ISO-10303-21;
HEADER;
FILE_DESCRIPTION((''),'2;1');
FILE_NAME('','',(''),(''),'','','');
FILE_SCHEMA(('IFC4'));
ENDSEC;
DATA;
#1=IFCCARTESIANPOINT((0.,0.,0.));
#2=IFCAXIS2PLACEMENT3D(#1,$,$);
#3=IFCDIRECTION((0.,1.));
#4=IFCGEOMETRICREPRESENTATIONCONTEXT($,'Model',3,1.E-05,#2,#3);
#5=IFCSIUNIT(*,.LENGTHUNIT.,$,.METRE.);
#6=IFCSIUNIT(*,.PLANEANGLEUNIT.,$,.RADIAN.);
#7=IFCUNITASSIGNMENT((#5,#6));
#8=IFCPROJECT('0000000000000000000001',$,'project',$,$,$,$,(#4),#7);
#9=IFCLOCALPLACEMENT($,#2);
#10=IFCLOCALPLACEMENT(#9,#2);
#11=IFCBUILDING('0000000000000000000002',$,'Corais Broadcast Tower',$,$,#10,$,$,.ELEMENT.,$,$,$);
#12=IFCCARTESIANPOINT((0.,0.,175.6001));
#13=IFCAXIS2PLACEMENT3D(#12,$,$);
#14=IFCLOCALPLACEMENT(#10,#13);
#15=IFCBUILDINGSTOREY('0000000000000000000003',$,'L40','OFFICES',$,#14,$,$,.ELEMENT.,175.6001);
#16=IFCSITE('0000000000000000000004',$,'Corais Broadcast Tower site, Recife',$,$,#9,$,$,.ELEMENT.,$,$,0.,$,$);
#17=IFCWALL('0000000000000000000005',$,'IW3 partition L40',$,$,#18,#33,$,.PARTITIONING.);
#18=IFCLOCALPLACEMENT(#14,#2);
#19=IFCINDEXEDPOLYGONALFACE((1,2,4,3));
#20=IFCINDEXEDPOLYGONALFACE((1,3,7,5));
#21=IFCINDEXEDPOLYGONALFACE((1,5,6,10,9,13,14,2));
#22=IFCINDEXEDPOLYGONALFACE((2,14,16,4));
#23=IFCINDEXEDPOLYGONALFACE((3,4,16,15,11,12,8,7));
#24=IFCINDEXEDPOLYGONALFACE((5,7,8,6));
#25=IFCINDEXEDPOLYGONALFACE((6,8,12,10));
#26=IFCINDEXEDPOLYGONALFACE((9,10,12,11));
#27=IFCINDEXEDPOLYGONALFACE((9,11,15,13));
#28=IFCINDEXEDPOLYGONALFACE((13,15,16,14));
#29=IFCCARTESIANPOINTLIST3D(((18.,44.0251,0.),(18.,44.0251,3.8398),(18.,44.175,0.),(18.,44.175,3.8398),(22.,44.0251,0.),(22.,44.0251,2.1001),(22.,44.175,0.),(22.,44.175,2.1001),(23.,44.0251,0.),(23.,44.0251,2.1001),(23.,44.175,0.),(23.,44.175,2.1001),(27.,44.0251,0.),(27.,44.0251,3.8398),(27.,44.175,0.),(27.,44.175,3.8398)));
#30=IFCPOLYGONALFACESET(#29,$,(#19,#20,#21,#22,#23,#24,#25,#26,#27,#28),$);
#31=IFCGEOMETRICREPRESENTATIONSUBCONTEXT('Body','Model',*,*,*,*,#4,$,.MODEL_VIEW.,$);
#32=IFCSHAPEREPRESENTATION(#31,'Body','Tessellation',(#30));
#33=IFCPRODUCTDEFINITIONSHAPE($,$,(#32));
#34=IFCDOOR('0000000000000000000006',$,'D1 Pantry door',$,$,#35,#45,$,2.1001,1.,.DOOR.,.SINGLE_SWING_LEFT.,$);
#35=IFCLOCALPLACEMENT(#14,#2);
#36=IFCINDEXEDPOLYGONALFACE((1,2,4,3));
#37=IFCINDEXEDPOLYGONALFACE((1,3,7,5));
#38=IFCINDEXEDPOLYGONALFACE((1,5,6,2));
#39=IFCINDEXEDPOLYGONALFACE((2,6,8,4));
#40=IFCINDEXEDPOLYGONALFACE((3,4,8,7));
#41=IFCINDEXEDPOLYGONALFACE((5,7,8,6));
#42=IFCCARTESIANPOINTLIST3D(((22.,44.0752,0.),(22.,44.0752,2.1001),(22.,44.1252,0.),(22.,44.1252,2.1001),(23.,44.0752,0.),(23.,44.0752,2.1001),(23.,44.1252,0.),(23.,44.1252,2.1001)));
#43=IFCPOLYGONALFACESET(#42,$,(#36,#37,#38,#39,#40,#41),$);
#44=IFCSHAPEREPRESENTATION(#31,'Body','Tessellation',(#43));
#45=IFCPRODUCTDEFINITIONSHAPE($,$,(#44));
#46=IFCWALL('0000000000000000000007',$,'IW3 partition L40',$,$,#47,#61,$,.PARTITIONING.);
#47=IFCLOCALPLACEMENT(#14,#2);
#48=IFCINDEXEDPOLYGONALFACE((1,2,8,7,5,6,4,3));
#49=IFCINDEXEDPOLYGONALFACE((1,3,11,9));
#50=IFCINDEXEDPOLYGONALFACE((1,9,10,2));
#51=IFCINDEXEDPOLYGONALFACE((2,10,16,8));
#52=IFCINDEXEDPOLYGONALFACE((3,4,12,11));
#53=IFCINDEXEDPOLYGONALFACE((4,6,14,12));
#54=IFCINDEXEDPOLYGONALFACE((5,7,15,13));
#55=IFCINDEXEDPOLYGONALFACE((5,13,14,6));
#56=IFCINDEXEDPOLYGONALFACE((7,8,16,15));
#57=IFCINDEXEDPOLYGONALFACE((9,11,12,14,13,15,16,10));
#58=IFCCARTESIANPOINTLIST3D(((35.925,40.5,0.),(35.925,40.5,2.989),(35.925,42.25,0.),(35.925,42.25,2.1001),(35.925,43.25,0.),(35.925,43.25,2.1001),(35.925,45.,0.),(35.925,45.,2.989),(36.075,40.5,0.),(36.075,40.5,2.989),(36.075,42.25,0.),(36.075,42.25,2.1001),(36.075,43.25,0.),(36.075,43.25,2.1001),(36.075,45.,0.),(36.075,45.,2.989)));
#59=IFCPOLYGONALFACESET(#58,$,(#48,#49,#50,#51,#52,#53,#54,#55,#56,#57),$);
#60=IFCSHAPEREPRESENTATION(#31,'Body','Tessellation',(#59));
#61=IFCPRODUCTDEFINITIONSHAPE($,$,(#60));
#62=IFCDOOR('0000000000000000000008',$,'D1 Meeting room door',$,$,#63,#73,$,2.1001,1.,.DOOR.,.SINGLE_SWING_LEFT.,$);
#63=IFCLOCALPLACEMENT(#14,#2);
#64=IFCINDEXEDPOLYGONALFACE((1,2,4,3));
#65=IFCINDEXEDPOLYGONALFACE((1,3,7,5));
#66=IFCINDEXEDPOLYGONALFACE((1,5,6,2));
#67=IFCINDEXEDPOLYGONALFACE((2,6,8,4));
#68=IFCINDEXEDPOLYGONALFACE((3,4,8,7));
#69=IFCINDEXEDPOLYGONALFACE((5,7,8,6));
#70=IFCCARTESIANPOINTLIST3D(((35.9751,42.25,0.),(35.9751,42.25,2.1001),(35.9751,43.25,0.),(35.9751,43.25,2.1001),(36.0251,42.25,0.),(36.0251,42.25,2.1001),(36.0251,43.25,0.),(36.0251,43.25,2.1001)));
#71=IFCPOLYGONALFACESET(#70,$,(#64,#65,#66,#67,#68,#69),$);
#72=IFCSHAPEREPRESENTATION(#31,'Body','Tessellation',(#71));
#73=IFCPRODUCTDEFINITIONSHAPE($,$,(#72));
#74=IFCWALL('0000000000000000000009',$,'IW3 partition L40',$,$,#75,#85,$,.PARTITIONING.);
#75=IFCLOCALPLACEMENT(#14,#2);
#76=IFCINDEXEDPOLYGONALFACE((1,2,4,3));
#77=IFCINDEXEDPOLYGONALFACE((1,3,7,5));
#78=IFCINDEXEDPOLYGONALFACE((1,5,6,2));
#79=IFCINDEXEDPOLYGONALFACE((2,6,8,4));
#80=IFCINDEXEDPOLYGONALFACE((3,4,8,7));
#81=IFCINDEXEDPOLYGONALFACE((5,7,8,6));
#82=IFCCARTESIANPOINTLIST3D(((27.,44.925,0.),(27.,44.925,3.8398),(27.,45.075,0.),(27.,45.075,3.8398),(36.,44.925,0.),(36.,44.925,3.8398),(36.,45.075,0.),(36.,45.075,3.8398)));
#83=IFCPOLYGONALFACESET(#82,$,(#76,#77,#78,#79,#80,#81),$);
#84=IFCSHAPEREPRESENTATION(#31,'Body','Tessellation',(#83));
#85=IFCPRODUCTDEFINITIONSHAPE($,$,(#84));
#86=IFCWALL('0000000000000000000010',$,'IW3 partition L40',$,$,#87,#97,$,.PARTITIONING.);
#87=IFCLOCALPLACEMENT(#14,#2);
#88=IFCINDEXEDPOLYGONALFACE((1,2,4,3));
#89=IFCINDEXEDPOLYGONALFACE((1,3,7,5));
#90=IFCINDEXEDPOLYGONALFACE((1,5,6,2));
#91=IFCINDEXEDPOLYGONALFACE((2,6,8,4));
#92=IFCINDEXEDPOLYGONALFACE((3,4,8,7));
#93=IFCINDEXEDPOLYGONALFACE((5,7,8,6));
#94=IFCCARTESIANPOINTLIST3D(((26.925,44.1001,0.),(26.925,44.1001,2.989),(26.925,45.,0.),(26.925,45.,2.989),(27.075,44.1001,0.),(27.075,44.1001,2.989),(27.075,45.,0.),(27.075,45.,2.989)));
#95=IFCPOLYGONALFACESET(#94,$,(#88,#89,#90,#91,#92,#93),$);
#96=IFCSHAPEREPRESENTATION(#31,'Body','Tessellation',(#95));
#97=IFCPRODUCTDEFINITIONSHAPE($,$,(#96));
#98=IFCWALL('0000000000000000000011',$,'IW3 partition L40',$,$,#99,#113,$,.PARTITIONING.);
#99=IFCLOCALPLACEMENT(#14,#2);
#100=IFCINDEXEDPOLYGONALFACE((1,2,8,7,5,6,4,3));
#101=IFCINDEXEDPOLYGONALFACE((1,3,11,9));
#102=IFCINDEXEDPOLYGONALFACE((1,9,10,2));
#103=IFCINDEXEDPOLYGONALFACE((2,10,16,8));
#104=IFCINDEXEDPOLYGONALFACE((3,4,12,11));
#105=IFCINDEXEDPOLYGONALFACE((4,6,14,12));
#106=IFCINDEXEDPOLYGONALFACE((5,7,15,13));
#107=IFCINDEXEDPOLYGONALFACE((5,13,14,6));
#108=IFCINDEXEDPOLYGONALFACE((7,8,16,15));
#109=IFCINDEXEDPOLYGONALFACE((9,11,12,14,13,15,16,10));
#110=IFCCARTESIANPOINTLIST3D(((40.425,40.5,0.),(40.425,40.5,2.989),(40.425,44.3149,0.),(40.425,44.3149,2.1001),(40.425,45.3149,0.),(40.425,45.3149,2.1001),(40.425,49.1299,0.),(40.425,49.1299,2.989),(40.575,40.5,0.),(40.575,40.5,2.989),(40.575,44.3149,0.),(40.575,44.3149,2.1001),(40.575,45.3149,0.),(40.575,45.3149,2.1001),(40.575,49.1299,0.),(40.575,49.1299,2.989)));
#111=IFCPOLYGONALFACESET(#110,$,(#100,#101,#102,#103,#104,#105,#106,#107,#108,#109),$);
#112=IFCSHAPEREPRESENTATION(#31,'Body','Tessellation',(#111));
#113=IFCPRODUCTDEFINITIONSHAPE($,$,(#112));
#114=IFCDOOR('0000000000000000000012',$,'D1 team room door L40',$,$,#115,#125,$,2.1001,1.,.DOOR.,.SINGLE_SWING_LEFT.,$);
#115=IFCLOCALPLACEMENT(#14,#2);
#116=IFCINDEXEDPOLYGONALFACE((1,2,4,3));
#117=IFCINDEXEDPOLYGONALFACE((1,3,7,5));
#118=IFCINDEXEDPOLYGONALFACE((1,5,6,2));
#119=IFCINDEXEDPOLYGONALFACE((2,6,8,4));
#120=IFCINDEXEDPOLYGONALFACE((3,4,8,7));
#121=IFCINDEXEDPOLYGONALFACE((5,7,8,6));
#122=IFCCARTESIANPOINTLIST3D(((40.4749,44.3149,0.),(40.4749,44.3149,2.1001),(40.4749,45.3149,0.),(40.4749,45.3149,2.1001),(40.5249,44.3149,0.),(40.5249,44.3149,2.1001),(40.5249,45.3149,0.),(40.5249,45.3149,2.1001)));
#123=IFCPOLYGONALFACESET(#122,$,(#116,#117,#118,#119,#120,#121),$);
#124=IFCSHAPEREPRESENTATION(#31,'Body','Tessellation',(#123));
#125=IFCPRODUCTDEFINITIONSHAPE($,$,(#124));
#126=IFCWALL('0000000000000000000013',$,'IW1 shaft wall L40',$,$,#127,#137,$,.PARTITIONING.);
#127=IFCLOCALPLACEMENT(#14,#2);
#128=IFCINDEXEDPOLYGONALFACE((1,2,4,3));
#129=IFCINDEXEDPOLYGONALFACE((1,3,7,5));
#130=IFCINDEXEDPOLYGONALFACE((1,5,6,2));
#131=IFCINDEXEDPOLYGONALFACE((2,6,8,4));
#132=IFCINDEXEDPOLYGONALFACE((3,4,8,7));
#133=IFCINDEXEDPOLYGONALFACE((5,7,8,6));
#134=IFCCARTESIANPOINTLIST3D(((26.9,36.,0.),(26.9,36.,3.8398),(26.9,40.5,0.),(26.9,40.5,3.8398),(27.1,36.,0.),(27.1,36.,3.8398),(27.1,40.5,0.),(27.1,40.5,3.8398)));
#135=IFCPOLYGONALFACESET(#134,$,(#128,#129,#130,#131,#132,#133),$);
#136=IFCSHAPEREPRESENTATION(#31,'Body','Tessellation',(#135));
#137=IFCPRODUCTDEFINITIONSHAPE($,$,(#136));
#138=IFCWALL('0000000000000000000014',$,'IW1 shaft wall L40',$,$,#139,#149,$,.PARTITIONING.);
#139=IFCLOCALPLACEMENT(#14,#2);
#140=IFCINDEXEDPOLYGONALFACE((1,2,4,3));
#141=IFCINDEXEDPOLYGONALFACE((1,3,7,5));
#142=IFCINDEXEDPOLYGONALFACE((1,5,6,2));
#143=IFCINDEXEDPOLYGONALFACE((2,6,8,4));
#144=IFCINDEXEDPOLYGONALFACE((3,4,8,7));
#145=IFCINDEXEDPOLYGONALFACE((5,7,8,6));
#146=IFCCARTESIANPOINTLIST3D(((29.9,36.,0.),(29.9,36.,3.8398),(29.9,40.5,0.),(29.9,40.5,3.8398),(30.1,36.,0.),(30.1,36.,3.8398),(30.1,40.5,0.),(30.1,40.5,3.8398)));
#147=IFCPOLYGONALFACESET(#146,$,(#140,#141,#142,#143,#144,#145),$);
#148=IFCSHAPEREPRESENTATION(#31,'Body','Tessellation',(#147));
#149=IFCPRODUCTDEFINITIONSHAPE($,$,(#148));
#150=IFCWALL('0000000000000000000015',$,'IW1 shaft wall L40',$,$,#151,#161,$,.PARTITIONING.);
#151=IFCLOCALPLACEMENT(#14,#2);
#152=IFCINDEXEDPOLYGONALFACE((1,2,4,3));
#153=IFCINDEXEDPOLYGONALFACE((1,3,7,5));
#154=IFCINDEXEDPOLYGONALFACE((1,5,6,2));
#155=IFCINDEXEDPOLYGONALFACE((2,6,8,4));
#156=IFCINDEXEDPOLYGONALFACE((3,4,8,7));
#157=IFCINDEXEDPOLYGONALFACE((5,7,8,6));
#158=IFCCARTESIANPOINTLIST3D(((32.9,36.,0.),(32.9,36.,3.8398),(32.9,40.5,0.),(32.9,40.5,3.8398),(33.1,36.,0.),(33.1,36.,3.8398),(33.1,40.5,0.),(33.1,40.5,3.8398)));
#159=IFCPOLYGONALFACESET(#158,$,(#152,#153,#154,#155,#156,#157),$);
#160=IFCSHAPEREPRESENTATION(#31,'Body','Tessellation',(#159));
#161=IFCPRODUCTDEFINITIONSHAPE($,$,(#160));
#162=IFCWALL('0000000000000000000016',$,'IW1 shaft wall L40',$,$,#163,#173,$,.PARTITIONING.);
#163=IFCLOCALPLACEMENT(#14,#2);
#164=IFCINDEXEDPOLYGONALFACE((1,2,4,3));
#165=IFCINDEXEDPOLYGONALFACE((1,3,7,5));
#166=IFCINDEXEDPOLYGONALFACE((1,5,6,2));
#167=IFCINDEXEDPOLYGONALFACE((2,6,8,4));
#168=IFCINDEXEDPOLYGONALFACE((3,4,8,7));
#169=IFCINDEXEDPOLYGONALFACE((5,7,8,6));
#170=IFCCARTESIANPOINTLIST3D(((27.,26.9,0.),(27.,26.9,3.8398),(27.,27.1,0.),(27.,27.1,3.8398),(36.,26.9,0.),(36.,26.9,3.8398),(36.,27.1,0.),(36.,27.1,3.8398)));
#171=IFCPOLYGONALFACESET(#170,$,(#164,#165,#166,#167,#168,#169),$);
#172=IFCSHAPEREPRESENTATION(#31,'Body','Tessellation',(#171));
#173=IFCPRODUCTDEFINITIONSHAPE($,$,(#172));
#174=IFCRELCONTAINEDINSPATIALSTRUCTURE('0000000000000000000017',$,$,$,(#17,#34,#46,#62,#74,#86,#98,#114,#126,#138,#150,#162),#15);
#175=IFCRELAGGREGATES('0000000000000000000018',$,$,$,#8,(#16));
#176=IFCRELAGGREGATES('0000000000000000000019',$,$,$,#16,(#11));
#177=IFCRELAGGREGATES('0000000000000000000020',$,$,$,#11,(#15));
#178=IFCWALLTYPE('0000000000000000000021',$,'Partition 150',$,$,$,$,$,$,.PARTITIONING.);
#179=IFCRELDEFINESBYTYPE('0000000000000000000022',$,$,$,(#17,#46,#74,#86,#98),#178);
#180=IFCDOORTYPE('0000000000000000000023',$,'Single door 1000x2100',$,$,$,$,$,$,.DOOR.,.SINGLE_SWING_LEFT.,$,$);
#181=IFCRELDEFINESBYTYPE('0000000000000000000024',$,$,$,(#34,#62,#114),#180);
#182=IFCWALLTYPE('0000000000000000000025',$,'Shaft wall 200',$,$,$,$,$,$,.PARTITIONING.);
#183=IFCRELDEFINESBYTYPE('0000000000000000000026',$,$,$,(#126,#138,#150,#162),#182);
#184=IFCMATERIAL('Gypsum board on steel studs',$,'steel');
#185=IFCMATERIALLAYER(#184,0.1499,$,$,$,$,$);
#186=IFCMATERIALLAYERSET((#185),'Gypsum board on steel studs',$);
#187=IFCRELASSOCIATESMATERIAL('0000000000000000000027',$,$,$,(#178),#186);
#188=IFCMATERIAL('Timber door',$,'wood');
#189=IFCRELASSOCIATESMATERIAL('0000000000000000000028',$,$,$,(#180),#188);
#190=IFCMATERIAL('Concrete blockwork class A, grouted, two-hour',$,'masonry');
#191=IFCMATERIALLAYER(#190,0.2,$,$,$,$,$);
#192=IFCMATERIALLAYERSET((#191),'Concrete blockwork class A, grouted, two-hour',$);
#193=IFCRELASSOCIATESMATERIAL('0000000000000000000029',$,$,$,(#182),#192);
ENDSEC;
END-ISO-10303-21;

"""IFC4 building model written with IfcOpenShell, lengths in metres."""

from ifc_helpers import new_model, si_unit, direction, frame, frame_2d, origin, place, context, subcontext, project, spatial, rectangle, extrude, material, layer, layer_set, type_object, element, fill, save


model = new_model("IFC4")

# Units and contexts
model_context = context("Model", 3, precision=1e-05, world=origin(), true_north=direction((0.0, 1.0)))
body_context = subcontext(model_context, "Body", "Model", "MODEL_VIEW")
ifc_project = project(units=[si_unit("LENGTHUNIT", "METRE"), si_unit("PLANEANGLEUNIT", "RADIAN")], contexts=[model_context])

# Site, building, storey
site_placement = place(None, origin())
site = spatial("IfcSite", under=ifc_project, at=site_placement, Name="Corais Broadcast Tower site, Recife", CompositionType="ELEMENT", RefElevation=0.0)
building_placement = place(site_placement, origin())
building = spatial("IfcBuilding", under=site, at=building_placement, Name="Corais Broadcast Tower", CompositionType="ELEMENT")
storey_placement = place(building_placement, frame((0.0, 0.0, 175.6001)))
storey = spatial("IfcBuildingStorey", under=building, at=storey_placement, Name="L40", Description="OFFICES", CompositionType="ELEMENT", Elevation=175.6001)

# Shared definitions
ifc_material_1 = material(Name="Gypsum board on steel studs", Category="steel")
ifc_layer_1 = layer(ifc_material_1, 0.1499)
ifc_layer_set_1 = layer_set([ifc_layer_1], Name="Gypsum board on steel studs")
wall_type_1 = type_object("IfcWallType", Name="Partition 150", PredefinedType="PARTITIONING", material=ifc_layer_set_1)

# Walls, openings, doors
wall_1_placement = place(storey_placement, frame((27.0, 44.1001, 0.0), z_axis=(0.0, 0.0, 1.0), x_axis=(-1.0, 0.0, 0.0)))
wall_1 = element("IfcWall", 1, at=wall_1_placement, inside=storey, type_object=wall_type_1, Name="IW3 partition L40", PredefinedType="PARTITIONING", context=body_context, shape_type="SweptSolid", body=[
    extrude(rectangle(XDim=9.0, YDim=0.1499, at=frame_2d((4.5, 0.0))), origin(), (0.0, 0.0, 1.0), 3.8398),
])
opening_1_placement = place(wall_1_placement, frame((4.0, 0.0, 0.0)))
opening_1 = element("IfcOpeningElement", 2, at=opening_1_placement, cuts=wall_1, PredefinedType="OPENING", context=body_context, shape_type="SweptSolid", body=[
    extrude(rectangle(XDim=1.0, YDim=2.1001, at=frame_2d((0.5, 1.05))), frame((0.0, 0.085, 0.0), z_axis=(0.0, -1.0, 0.0), x_axis=(1.0, 0.0, 0.0)), (0.0, 0.0, 1.0), 0.1699),
])
ifc_material_2 = material(Name="Timber door", Category="wood")
door_type = type_object("IfcDoorType", Name="Single door 1000x2100", OperationType="SINGLE_SWING_LEFT", PredefinedType="DOOR", material=ifc_material_2)
door_1_placement = place(opening_1_placement, origin())
door_1 = element("IfcDoor", 3, at=door_1_placement, inside=storey, type_object=door_type, Name="D1 Pantry door", OperationType="SINGLE_SWING_LEFT", OverallHeight=2.1001, OverallWidth=1.0, PredefinedType="DOOR", context=body_context, shape_type="SweptSolid", body=[
    extrude(rectangle(XDim=1.0, YDim=2.1001, at=frame_2d((0.5, 1.05))), frame((0.0, 0.0249, 0.0), z_axis=(0.0, -1.0, 0.0), x_axis=(1.0, 0.0, 0.0)), (0.0, 0.0, 1.0), 0.05),
])
fill(opening_1, door_1)
wall_2_placement = place(storey_placement, frame((36.0, 40.5, 0.0), z_axis=(0.0, 0.0, 1.0), x_axis=(0.0, 1.0, 0.0)))
wall_2 = element("IfcWall", 4, at=wall_2_placement, inside=storey, type_object=wall_type_1, Name="IW3 partition L40", PredefinedType="PARTITIONING", context=body_context, shape_type="SweptSolid", body=[
    extrude(rectangle(XDim=4.5, YDim=0.1499, at=frame_2d((2.25, 0.0))), origin(), (0.0, 0.0, 1.0), 2.989),
])
opening_2_placement = place(wall_2_placement, frame((1.75, 0.0, 0.0)))
opening_2 = element("IfcOpeningElement", 5, at=opening_2_placement, cuts=wall_2, PredefinedType="OPENING", context=body_context, shape_type="SweptSolid", body=[
    extrude(rectangle(XDim=1.0, YDim=2.1001, at=frame_2d((0.5, 1.05))), frame((0.0, 0.085, 0.0), z_axis=(0.0, -1.0, 0.0), x_axis=(1.0, 0.0, 0.0)), (0.0, 0.0, 1.0), 0.1699),
])
door_2_placement = place(opening_2_placement, origin())
door_2 = element("IfcDoor", 6, at=door_2_placement, inside=storey, type_object=door_type, Name="D1 Meeting room door", OperationType="SINGLE_SWING_LEFT", OverallHeight=2.1001, OverallWidth=1.0, PredefinedType="DOOR", context=body_context, shape_type="SweptSolid", body=[
    extrude(rectangle(XDim=1.0, YDim=2.1001, at=frame_2d((0.5, 1.05))), frame((0.0, 0.0249, 0.0), z_axis=(0.0, -1.0, 0.0), x_axis=(1.0, 0.0, 0.0)), (0.0, 0.0, 1.0), 0.05),
])
fill(opening_2, door_2)

# Walls
wall_3_placement = place(storey_placement, frame((36.0, 45.0, 0.0), z_axis=(0.0, 0.0, 1.0), x_axis=(-1.0, 0.0, 0.0)))
element("IfcWall", 7, at=wall_3_placement, inside=storey, type_object=wall_type_1, Name="IW3 partition L40", PredefinedType="PARTITIONING", context=body_context, shape_type="SweptSolid", body=[
    extrude(rectangle(XDim=9.0, YDim=0.1499, at=frame_2d((4.5, 0.0))), origin(), (0.0, 0.0, 1.0), 3.8398),
])
wall_4_placement = place(storey_placement, frame((27.0, 45.0, 0.0), z_axis=(0.0, 0.0, 1.0), x_axis=(0.0, -1.0, 0.0)))
element("IfcWall", 8, at=wall_4_placement, inside=storey, type_object=wall_type_1, Name="IW3 partition L40", PredefinedType="PARTITIONING", context=body_context, shape_type="SweptSolid", body=[
    extrude(rectangle(XDim=0.8999, YDim=0.1499, at=frame_2d((0.45, 0.0))), origin(), (0.0, 0.0, 1.0), 2.989),
])

# Wall, opening, door
wall_5_placement = place(storey_placement, frame((40.5, 49.1299, 0.0), z_axis=(0.0, 0.0, 1.0), x_axis=(0.0, -1.0, 0.0)))
wall_5 = element("IfcWall", 9, at=wall_5_placement, inside=storey, type_object=wall_type_1, Name="IW3 partition L40", PredefinedType="PARTITIONING", context=body_context, shape_type="SweptSolid", body=[
    extrude(rectangle(XDim=8.6299, YDim=0.1499, at=frame_2d((4.3149, 0.0))), origin(), (0.0, 0.0, 1.0), 2.989),
])
opening_3_placement = place(wall_5_placement, frame((3.8149, 0.0, 0.0)))
opening_3 = element("IfcOpeningElement", 10, at=opening_3_placement, cuts=wall_5, PredefinedType="OPENING", context=body_context, shape_type="SweptSolid", body=[
    extrude(rectangle(XDim=1.0, YDim=2.1001, at=frame_2d((0.5, 1.05))), frame((0.0, 0.085, 0.0), z_axis=(0.0, -1.0, 0.0), x_axis=(1.0, 0.0, 0.0)), (0.0, 0.0, 1.0), 0.1699),
])
door_3_placement = place(opening_3_placement, origin())
door_3 = element("IfcDoor", 11, at=door_3_placement, inside=storey, type_object=door_type, Name="D1 team room door L40", OperationType="SINGLE_SWING_LEFT", OverallHeight=2.1001, OverallWidth=1.0, PredefinedType="DOOR", context=body_context, shape_type="SweptSolid", body=[
    extrude(rectangle(XDim=1.0, YDim=2.1001, at=frame_2d((0.5, 1.05))), frame((0.0, 0.0249, 0.0), z_axis=(0.0, -1.0, 0.0), x_axis=(1.0, 0.0, 0.0)), (0.0, 0.0, 1.0), 0.05),
])
fill(opening_3, door_3)

# Walls
ifc_material_3 = material(Name="Concrete blockwork class A, grouted, two-hour", Category="masonry")
ifc_layer_2 = layer(ifc_material_3, 0.2)
ifc_layer_set_2 = layer_set([ifc_layer_2], Name="Concrete blockwork class A, grouted, two-hour")
wall_type_2 = type_object("IfcWallType", Name="Shaft wall 200", PredefinedType="PARTITIONING", material=ifc_layer_set_2)
for number, where, z_axis, x_axis, name in (
    (12, (27.0, 36.0, 0.0), (0.0, 0.0, 1.0), (0.0, 1.0, 0.0), "IW1 shaft wall L40"),
    (13, (30.0, 36.0, 0.0), (0.0, 0.0, 1.0), (0.0, 1.0, 0.0), "IW1 shaft wall L40"),
    (14, (33.0, 36.0, 0.0), (0.0, 0.0, 1.0), (0.0, 1.0, 0.0), "IW1 shaft wall L40"),
):
    element("IfcWall", number, at=place(storey_placement, frame(where, z_axis=z_axis, x_axis=x_axis)), inside=storey, type_object=wall_type_2, Name=name, PredefinedType="PARTITIONING", context=body_context, shape_type="SweptSolid", body=[
        extrude(rectangle(XDim=4.5, YDim=0.2, at=frame_2d((2.25, 0.0))), origin(), (0.0, 0.0, 1.0), 3.8398),
    ])
wall_6_placement = place(storey_placement, frame((27.0, 27.0, 0.0), z_axis=(0.0, 0.0, 1.0), x_axis=(1.0, 0.0, 0.0)))
element("IfcWall", 15, at=wall_6_placement, inside=storey, type_object=wall_type_2, Name="IW1 shaft wall L40", PredefinedType="PARTITIONING", context=body_context, shape_type="SweptSolid", body=[
    extrude(rectangle(XDim=9.0, YDim=0.2, at=frame_2d((4.5, 0.0))), origin(), (0.0, 0.0, 1.0), 3.8398),
])

save(model, "model.ifc")
